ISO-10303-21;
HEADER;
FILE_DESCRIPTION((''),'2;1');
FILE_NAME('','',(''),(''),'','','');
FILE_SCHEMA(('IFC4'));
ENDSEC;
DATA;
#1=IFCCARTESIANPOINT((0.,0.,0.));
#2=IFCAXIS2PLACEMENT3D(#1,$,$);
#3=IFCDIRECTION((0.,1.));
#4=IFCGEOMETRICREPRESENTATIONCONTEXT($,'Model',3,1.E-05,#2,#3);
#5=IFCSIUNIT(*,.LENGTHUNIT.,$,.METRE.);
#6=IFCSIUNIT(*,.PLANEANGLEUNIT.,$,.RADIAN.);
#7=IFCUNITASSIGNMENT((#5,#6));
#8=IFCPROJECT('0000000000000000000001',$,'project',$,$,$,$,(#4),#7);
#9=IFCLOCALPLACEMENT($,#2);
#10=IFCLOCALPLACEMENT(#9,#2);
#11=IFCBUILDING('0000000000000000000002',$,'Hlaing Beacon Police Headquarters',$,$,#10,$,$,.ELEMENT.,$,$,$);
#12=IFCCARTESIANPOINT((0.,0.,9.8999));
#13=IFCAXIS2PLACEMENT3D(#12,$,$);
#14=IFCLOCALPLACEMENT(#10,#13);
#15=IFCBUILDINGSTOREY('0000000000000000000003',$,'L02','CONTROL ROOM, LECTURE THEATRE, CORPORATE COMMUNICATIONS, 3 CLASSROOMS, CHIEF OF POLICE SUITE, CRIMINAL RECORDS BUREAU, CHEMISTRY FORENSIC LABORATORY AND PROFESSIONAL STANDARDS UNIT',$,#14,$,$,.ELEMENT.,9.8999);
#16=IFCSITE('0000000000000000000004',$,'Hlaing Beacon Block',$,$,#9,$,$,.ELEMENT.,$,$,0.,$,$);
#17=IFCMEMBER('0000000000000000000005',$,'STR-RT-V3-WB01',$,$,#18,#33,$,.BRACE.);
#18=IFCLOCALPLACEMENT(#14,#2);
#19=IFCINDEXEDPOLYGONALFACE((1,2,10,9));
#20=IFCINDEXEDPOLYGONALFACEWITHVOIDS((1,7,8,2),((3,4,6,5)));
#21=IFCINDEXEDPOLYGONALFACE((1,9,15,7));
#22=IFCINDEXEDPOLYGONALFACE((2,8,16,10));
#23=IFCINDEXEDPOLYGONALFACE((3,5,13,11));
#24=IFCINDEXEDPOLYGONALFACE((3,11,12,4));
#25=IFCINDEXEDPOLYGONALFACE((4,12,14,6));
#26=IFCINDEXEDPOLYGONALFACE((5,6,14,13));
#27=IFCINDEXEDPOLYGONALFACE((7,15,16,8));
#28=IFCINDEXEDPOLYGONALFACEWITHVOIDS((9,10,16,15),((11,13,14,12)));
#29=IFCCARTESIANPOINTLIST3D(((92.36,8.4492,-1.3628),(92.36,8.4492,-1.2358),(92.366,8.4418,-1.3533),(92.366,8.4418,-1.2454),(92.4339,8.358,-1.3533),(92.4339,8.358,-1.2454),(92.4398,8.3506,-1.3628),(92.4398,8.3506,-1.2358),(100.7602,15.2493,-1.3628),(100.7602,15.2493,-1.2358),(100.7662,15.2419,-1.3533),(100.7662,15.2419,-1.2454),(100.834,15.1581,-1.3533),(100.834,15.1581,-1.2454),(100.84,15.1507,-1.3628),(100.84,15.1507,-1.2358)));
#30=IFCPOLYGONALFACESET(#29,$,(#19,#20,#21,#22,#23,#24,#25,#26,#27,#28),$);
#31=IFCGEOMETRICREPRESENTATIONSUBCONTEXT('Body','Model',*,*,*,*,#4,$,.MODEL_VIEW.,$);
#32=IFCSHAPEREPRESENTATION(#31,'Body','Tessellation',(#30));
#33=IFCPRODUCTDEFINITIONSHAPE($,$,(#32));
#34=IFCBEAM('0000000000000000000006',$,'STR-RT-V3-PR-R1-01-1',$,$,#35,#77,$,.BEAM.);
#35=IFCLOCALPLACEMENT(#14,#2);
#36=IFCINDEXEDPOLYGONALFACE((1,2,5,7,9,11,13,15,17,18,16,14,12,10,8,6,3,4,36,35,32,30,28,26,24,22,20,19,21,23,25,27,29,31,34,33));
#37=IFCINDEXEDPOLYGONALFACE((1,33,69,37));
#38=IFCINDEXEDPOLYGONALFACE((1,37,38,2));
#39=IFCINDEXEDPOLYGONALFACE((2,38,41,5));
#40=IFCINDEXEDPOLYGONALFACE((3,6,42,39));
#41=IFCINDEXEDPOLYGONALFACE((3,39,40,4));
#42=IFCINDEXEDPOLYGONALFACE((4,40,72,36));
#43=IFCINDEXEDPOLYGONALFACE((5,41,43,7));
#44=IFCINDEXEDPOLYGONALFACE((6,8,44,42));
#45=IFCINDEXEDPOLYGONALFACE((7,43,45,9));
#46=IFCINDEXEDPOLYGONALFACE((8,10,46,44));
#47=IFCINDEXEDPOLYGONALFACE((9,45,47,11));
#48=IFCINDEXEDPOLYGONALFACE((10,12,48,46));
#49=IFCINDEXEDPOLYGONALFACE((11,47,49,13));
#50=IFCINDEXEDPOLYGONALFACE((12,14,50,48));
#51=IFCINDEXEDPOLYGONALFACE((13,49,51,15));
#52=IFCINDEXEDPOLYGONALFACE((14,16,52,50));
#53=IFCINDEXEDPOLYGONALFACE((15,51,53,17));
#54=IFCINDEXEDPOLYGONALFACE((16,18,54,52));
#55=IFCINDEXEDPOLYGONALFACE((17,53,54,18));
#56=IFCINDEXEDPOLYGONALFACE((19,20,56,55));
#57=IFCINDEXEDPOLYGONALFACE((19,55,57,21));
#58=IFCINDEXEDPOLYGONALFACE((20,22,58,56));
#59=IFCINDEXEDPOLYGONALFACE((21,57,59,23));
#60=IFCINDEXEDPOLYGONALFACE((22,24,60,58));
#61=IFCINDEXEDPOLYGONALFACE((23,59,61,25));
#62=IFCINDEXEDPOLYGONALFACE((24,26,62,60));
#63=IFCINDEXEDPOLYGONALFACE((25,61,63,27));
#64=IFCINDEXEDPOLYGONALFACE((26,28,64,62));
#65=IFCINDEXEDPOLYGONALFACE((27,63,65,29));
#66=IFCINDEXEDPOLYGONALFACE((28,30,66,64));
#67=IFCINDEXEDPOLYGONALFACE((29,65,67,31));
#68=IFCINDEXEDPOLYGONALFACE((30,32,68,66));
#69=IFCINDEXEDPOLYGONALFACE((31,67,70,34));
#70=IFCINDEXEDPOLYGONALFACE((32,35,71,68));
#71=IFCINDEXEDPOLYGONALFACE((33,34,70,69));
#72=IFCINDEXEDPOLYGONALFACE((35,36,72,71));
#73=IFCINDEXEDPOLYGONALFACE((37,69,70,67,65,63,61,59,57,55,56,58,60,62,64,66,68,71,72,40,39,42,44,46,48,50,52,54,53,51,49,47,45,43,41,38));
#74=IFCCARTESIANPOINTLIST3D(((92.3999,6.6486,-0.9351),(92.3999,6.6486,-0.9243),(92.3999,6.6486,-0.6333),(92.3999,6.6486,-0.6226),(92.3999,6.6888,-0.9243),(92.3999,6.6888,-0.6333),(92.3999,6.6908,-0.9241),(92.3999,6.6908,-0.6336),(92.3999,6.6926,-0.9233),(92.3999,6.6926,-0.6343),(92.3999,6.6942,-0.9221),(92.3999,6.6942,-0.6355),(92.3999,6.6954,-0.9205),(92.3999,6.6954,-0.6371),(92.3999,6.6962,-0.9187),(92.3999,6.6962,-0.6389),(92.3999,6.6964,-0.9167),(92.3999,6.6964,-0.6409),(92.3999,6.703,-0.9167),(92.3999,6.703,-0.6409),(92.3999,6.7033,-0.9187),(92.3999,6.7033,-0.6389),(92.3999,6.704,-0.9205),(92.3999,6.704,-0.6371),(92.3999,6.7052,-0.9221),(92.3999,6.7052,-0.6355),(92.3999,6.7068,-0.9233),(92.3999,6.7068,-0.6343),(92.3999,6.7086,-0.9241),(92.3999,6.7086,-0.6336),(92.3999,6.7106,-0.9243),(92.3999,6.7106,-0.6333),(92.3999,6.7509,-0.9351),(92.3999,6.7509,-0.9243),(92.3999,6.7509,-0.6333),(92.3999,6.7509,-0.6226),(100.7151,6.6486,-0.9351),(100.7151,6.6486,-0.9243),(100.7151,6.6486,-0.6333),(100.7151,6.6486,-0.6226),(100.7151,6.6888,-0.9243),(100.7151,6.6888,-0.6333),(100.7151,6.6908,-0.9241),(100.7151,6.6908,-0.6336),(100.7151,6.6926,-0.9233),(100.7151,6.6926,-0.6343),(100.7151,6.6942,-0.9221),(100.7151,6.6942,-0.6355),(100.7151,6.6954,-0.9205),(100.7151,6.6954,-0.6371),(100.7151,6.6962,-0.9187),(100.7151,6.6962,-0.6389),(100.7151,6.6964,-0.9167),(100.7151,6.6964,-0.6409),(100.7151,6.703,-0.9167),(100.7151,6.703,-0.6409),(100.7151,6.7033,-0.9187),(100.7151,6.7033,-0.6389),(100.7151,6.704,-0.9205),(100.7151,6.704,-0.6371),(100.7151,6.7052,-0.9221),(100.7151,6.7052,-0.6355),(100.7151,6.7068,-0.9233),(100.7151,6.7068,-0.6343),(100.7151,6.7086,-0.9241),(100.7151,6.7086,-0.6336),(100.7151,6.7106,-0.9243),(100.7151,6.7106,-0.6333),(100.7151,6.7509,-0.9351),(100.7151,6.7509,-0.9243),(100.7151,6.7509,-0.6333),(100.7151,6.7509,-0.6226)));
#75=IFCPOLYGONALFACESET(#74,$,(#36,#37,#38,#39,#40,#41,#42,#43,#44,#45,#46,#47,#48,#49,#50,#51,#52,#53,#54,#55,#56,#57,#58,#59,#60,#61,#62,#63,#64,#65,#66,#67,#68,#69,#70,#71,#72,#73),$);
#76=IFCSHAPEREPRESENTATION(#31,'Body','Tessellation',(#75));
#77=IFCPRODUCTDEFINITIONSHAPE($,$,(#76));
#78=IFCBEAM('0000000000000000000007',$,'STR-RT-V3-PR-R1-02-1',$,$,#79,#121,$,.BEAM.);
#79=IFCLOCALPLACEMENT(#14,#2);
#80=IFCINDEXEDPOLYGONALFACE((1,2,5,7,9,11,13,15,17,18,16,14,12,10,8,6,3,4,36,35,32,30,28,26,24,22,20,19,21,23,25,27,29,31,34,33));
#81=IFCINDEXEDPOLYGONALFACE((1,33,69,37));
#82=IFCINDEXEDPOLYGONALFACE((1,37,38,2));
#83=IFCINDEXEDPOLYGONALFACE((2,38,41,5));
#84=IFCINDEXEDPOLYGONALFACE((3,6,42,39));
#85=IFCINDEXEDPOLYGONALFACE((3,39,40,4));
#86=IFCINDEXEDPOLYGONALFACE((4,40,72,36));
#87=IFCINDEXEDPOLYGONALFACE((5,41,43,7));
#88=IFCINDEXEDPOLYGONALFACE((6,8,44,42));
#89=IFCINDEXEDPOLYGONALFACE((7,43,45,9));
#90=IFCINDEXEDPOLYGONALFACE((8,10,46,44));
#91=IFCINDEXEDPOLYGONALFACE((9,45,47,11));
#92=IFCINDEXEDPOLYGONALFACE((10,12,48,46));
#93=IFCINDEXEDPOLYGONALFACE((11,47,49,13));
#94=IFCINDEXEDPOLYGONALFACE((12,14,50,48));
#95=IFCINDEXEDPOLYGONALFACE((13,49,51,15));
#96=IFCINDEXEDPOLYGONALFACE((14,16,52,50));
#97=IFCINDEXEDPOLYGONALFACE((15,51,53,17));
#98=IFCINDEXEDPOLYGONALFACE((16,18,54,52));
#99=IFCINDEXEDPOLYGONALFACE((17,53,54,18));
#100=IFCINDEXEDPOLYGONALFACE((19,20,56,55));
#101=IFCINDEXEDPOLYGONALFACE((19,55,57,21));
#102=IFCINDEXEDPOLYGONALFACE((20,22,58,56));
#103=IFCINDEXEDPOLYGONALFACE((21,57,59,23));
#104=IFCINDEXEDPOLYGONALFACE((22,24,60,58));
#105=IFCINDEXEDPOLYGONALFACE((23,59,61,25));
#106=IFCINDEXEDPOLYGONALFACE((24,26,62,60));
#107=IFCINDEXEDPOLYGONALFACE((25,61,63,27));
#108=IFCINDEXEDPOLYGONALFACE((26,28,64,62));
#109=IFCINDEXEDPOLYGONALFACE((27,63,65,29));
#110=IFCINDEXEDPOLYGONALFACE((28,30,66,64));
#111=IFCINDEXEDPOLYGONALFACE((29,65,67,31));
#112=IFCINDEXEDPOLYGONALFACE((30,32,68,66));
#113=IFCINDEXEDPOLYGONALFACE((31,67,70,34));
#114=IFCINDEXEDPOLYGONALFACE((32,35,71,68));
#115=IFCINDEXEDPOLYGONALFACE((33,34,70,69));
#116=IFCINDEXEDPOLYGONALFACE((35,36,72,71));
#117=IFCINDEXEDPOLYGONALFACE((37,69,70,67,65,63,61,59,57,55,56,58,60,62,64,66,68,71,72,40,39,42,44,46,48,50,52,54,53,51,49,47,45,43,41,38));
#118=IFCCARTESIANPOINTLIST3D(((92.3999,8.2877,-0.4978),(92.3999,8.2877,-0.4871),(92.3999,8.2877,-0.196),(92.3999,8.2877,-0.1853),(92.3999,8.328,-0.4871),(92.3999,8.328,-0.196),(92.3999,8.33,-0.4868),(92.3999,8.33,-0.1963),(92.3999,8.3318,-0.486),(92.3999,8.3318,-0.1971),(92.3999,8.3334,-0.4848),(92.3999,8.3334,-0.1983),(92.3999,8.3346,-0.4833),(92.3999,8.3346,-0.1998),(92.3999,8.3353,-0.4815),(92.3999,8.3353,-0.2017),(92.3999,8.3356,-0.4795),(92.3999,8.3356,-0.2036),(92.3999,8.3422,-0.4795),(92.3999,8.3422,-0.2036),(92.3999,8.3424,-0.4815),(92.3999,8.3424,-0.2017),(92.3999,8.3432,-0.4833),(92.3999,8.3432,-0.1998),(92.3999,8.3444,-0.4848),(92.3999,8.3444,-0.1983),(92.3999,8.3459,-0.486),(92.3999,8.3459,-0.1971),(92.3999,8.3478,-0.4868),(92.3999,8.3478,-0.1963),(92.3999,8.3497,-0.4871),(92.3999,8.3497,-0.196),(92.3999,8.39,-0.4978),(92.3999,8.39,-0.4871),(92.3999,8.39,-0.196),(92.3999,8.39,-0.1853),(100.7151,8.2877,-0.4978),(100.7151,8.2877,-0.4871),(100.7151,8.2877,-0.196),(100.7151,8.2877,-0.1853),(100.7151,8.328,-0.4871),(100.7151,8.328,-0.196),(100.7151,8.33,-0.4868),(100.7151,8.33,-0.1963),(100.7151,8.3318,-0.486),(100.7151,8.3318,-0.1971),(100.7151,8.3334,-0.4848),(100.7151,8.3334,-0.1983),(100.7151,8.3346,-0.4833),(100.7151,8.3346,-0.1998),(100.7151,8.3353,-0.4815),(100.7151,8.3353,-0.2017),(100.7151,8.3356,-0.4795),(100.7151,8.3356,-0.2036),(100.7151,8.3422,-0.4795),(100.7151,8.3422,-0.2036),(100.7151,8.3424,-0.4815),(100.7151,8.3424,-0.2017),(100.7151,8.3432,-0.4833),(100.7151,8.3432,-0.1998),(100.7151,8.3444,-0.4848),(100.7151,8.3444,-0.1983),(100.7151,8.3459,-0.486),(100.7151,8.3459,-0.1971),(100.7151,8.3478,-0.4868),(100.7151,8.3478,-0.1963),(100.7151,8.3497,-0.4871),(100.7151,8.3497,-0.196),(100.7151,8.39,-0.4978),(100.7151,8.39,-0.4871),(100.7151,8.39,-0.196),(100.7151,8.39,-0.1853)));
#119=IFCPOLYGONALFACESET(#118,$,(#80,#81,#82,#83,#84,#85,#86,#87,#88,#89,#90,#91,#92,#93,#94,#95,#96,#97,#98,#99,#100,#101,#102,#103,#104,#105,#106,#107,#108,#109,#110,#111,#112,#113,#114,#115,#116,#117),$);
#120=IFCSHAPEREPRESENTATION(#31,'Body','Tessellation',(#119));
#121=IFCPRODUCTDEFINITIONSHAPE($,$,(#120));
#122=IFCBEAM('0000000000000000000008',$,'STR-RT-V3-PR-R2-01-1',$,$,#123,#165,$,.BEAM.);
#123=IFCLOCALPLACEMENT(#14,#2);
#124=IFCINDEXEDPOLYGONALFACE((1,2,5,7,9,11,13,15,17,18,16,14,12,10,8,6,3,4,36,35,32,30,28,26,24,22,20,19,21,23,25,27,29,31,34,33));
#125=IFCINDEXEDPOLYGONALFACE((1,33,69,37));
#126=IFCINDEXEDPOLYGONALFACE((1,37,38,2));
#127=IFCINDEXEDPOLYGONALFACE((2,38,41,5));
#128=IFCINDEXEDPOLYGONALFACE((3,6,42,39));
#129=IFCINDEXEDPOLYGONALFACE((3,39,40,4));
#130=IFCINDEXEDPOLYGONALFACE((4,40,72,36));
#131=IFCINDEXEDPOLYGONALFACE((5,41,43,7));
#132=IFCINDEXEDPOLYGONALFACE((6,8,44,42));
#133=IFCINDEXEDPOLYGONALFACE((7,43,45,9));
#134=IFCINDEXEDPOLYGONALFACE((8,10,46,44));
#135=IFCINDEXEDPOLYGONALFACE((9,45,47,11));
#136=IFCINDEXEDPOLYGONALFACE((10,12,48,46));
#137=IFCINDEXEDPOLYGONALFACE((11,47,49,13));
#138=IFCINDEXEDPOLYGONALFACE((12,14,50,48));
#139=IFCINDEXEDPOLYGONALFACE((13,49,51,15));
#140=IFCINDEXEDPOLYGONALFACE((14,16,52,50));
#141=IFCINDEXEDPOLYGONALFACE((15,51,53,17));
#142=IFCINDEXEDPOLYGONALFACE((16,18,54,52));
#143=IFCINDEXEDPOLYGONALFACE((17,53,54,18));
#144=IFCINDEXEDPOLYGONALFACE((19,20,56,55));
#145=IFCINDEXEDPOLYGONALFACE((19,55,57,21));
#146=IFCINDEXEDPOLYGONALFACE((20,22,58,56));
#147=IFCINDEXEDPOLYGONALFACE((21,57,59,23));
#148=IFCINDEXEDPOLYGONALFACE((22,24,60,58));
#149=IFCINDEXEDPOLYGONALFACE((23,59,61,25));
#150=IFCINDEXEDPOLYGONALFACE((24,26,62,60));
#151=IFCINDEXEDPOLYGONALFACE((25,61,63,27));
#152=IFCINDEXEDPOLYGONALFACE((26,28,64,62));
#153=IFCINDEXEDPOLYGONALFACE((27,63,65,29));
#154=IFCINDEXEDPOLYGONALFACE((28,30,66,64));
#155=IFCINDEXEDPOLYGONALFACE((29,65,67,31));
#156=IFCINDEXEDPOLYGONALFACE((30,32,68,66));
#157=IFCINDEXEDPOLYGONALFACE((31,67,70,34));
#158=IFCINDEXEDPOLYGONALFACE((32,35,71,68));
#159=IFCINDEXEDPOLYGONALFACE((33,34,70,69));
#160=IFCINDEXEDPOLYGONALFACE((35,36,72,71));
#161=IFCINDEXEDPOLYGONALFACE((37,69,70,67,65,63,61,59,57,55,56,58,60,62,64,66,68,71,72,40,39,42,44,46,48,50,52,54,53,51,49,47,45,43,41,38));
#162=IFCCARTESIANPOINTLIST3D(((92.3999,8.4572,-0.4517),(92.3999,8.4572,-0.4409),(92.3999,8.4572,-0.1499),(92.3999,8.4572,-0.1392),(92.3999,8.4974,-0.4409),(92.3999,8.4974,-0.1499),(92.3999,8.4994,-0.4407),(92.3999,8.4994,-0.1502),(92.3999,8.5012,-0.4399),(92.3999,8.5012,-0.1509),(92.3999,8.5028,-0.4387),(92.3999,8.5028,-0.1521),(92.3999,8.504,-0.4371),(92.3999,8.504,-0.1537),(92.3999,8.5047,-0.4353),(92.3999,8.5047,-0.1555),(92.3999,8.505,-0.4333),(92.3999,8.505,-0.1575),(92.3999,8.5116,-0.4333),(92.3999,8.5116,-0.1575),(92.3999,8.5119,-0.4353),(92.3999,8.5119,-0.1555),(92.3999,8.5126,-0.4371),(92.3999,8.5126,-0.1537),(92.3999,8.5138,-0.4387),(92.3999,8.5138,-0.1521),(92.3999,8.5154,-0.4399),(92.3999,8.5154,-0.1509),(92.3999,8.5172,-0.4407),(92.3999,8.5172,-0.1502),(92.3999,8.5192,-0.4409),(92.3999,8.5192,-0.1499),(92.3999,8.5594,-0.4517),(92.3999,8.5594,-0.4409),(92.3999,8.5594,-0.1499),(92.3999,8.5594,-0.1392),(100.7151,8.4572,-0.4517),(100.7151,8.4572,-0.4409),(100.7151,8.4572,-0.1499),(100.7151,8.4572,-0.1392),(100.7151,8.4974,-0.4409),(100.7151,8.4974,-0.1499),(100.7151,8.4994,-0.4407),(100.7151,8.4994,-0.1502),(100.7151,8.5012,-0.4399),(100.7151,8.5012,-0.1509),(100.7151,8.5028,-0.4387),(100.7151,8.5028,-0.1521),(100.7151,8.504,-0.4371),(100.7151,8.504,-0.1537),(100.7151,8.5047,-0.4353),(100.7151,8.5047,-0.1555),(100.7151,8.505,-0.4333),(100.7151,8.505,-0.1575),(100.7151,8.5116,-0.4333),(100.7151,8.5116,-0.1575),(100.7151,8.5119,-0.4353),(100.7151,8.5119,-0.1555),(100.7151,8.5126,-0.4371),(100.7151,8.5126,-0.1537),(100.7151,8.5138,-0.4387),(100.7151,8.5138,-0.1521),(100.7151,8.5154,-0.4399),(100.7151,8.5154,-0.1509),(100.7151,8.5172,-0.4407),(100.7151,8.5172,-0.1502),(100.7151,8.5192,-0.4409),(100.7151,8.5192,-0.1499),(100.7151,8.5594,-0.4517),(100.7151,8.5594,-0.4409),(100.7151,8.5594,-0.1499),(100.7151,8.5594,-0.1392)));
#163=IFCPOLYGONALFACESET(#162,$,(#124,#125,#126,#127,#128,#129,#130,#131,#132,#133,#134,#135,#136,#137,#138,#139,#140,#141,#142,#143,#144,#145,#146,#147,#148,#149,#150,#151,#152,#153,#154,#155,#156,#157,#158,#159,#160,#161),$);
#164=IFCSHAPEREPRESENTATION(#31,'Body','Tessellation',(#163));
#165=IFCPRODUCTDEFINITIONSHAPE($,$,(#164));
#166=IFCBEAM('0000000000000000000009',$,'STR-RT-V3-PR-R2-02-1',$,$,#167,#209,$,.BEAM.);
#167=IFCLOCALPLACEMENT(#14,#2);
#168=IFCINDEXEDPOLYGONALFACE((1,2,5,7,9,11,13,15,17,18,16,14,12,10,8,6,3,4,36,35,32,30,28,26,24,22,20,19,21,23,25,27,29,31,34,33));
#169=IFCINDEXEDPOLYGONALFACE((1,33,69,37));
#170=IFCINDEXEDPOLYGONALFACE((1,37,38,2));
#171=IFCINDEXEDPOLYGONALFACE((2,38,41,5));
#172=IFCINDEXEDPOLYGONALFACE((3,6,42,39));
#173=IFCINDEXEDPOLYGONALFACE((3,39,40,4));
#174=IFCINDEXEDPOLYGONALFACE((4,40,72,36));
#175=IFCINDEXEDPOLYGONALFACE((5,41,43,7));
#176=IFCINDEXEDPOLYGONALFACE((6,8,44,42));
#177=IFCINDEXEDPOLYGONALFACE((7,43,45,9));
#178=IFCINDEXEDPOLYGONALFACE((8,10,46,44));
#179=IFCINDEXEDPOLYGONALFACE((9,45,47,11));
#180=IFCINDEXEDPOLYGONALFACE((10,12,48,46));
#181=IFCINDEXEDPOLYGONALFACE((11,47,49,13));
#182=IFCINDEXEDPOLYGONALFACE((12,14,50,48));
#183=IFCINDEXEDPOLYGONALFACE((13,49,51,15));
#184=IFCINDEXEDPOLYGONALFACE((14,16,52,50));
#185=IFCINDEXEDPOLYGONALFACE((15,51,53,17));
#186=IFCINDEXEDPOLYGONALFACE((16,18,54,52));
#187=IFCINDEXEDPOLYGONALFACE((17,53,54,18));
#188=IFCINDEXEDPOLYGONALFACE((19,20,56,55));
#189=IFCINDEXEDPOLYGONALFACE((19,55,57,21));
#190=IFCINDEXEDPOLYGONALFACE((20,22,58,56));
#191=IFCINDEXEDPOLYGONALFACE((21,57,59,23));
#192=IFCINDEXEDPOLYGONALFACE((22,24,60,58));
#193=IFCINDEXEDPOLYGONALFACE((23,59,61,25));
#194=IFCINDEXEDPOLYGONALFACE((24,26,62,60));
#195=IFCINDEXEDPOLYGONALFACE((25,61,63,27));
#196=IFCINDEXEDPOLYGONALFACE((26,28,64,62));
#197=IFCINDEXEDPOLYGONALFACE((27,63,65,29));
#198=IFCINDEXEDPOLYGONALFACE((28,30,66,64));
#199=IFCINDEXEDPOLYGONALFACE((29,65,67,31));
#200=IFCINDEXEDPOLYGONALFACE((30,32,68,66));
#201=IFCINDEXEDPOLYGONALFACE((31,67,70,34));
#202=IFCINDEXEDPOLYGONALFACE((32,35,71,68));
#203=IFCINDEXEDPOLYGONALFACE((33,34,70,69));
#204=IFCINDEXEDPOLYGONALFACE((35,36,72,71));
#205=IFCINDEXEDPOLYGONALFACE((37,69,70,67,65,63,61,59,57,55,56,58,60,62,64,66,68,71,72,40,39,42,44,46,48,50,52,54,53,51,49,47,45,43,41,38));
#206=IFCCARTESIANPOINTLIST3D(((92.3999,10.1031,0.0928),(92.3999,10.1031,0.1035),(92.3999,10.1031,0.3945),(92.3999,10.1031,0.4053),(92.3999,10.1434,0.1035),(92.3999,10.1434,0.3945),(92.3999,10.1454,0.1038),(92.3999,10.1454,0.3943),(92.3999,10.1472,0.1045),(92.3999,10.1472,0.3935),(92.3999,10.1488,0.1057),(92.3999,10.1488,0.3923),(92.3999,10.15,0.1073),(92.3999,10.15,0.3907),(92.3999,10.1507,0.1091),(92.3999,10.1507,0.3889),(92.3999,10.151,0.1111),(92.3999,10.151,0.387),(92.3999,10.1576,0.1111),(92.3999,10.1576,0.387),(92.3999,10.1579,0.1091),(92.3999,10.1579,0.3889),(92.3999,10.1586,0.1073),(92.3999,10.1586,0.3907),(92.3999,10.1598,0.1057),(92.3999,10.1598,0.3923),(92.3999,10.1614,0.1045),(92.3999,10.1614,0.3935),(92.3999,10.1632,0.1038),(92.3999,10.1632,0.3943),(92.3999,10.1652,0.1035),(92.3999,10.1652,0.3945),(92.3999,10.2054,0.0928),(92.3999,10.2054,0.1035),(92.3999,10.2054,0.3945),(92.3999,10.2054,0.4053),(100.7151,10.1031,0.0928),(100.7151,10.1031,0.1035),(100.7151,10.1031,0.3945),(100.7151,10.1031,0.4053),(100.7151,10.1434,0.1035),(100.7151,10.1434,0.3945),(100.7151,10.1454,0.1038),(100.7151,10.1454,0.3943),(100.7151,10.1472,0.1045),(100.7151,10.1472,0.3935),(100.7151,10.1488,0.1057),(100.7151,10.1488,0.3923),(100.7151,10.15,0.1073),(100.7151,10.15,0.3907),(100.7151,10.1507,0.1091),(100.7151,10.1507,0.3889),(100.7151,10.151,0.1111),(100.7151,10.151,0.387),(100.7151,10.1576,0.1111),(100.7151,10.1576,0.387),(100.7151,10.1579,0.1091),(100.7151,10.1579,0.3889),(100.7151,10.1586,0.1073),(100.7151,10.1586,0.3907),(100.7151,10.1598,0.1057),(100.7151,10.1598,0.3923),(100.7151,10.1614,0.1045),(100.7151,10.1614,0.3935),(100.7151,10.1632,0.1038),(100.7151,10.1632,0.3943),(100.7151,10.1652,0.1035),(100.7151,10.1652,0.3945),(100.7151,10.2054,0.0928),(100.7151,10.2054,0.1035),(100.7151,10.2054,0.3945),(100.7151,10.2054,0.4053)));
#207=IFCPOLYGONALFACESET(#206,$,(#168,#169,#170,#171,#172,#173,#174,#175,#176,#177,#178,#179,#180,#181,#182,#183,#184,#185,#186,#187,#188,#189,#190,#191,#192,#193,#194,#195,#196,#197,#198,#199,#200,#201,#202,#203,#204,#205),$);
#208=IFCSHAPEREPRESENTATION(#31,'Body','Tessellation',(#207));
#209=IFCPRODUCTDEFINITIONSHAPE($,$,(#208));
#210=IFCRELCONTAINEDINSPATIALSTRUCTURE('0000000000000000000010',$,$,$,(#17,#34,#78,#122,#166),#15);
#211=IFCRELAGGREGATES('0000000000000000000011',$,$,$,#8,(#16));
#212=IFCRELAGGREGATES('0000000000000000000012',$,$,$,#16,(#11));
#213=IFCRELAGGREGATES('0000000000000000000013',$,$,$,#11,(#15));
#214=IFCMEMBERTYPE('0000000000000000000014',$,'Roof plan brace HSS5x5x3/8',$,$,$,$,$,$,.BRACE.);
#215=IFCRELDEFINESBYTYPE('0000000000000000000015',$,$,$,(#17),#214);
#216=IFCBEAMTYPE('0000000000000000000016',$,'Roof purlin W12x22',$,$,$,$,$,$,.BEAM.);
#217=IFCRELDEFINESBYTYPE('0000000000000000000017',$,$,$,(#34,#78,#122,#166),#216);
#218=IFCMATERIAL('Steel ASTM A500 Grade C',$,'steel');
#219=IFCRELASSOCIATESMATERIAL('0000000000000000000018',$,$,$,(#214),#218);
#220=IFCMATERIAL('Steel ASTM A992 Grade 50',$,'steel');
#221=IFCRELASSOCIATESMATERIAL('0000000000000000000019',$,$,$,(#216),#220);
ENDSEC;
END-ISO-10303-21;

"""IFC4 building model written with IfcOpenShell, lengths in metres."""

from ifc_helpers import new_model, si_unit, direction, frame, origin, origin_2d, place, context, subcontext, project, spatial, hollow_rectangle, i_section, extrude, material, material_profile, profile_set, type_object, element, save


model = new_model("IFC4")

# Units and contexts
model_context = context("Model", 3, precision=1e-05, world=origin(), true_north=direction((0.0, 1.0)))
body_context = subcontext(model_context, "Body", "Model", "MODEL_VIEW")
ifc_project = project(units=[si_unit("LENGTHUNIT", "METRE"), si_unit("PLANEANGLEUNIT", "RADIAN")], contexts=[model_context])

# Site, building, storey
site_placement = place(None, origin())
site = spatial("IfcSite", under=ifc_project, at=site_placement, Name="Hlaing Beacon Block", CompositionType="ELEMENT", RefElevation=0.0)
building_placement = place(site_placement, origin())
building = spatial("IfcBuilding", under=site, at=building_placement, Name="Hlaing Beacon Police Headquarters", CompositionType="ELEMENT")
storey_placement = place(building_placement, frame((0.0, 0.0, 9.8999)))
storey = spatial("IfcBuildingStorey", under=building, at=storey_placement, Name="L02", Description="CONTROL ROOM, LECTURE THEATRE, CORPORATE COMMUNICATIONS, 3 CLASSROOMS, CHIEF OF POLICE SUITE, CRIMINAL RECORDS BUREAU, CHEMISTRY FORENSIC LABORATORY AND PROFESSIONAL STANDARDS UNIT", CompositionType="ELEMENT", Elevation=9.8999)

# Member
ifc_material_1 = material(Name="Steel ASTM A500 Grade C", Category="steel")
ifc_material_profile_1 = material_profile(ifc_material_1, hollow_rectangle(XDim=0.127, YDim=0.127, WallThickness=0.0095, at=origin_2d()), Name="HSS5x5x3/8")
ifc_profile_set_1 = profile_set([ifc_material_profile_1], Name="Steel ASTM A500 Grade C")
member_type_1 = type_object("IfcMemberType", Name="Roof plan brace HSS5x5x3/8", PredefinedType="BRACE", material=ifc_profile_set_1)
member_1_placement = place(storey_placement, frame((92.3999, 8.3999, -1.2993), z_axis=(0.777248, 0.629194, 0.0), x_axis=(-0.629194, 0.777248, 0.0)))
element("IfcMember", 1, at=member_1_placement, inside=storey, type_object=member_type_1, Name="STR-RT-V3-WB01", PredefinedType="BRACE", context=body_context, shape_type="SweptSolid", body=[
    extrude(hollow_rectangle(XDim=0.127, YDim=0.127, WallThickness=0.0095, at=origin_2d()), origin(), (0.0, 0.0, 1.0), 10.8076),
])

# Beams
ifc_material_2 = material(Name="Steel ASTM A992 Grade 50", Category="steel")
ifc_material_profile_2 = material_profile(ifc_material_2, i_section(OverallWidth=0.1023, OverallDepth=0.3125, WebThickness=0.0066, FlangeThickness=0.0107, FilletRadius=0.0076, at=origin_2d()), Name="W12x22")
ifc_profile_set_2 = profile_set([ifc_material_profile_2], Name="Steel ASTM A992 Grade 50")
beam_type_1 = type_object("IfcBeamType", Name="Roof purlin W12x22", PredefinedType="BEAM", material=ifc_profile_set_2)
for number, where, z_axis, x_axis, name in (
    (2, (92.3999, 6.6997, -0.7788), (1.0, 0.0, 0.0), (0.0, 1.0, 0.0), "STR-RT-V3-PR-R1-01-1"),
    (3, (92.3999, 8.3389, -0.3416), (1.0, 0.0, 0.0), (0.0, 1.0, 0.0), "STR-RT-V3-PR-R1-02-1"),
    (4, (92.3999, 8.5083, -0.2954), (1.0, 0.0, 0.0), (0.0, 1.0, 0.0), "STR-RT-V3-PR-R2-01-1"),
    (5, (92.3999, 10.1543, 0.249), (1.0, 0.0, 0.0), (0.0, 1.0, 0.0), "STR-RT-V3-PR-R2-02-1"),
):
    element("IfcBeam", number, at=place(storey_placement, frame(where, z_axis=z_axis, x_axis=x_axis)), inside=storey, type_object=beam_type_1, Name=name, PredefinedType="BEAM", context=body_context, shape_type="SweptSolid", body=[
        extrude(i_section(OverallWidth=0.1023, OverallDepth=0.3125, WebThickness=0.0066, FlangeThickness=0.0107, FilletRadius=0.0076, at=origin_2d()), origin(), (0.0, 0.0, 1.0), 8.3152),
    ])

save(model, "model.ifc")
